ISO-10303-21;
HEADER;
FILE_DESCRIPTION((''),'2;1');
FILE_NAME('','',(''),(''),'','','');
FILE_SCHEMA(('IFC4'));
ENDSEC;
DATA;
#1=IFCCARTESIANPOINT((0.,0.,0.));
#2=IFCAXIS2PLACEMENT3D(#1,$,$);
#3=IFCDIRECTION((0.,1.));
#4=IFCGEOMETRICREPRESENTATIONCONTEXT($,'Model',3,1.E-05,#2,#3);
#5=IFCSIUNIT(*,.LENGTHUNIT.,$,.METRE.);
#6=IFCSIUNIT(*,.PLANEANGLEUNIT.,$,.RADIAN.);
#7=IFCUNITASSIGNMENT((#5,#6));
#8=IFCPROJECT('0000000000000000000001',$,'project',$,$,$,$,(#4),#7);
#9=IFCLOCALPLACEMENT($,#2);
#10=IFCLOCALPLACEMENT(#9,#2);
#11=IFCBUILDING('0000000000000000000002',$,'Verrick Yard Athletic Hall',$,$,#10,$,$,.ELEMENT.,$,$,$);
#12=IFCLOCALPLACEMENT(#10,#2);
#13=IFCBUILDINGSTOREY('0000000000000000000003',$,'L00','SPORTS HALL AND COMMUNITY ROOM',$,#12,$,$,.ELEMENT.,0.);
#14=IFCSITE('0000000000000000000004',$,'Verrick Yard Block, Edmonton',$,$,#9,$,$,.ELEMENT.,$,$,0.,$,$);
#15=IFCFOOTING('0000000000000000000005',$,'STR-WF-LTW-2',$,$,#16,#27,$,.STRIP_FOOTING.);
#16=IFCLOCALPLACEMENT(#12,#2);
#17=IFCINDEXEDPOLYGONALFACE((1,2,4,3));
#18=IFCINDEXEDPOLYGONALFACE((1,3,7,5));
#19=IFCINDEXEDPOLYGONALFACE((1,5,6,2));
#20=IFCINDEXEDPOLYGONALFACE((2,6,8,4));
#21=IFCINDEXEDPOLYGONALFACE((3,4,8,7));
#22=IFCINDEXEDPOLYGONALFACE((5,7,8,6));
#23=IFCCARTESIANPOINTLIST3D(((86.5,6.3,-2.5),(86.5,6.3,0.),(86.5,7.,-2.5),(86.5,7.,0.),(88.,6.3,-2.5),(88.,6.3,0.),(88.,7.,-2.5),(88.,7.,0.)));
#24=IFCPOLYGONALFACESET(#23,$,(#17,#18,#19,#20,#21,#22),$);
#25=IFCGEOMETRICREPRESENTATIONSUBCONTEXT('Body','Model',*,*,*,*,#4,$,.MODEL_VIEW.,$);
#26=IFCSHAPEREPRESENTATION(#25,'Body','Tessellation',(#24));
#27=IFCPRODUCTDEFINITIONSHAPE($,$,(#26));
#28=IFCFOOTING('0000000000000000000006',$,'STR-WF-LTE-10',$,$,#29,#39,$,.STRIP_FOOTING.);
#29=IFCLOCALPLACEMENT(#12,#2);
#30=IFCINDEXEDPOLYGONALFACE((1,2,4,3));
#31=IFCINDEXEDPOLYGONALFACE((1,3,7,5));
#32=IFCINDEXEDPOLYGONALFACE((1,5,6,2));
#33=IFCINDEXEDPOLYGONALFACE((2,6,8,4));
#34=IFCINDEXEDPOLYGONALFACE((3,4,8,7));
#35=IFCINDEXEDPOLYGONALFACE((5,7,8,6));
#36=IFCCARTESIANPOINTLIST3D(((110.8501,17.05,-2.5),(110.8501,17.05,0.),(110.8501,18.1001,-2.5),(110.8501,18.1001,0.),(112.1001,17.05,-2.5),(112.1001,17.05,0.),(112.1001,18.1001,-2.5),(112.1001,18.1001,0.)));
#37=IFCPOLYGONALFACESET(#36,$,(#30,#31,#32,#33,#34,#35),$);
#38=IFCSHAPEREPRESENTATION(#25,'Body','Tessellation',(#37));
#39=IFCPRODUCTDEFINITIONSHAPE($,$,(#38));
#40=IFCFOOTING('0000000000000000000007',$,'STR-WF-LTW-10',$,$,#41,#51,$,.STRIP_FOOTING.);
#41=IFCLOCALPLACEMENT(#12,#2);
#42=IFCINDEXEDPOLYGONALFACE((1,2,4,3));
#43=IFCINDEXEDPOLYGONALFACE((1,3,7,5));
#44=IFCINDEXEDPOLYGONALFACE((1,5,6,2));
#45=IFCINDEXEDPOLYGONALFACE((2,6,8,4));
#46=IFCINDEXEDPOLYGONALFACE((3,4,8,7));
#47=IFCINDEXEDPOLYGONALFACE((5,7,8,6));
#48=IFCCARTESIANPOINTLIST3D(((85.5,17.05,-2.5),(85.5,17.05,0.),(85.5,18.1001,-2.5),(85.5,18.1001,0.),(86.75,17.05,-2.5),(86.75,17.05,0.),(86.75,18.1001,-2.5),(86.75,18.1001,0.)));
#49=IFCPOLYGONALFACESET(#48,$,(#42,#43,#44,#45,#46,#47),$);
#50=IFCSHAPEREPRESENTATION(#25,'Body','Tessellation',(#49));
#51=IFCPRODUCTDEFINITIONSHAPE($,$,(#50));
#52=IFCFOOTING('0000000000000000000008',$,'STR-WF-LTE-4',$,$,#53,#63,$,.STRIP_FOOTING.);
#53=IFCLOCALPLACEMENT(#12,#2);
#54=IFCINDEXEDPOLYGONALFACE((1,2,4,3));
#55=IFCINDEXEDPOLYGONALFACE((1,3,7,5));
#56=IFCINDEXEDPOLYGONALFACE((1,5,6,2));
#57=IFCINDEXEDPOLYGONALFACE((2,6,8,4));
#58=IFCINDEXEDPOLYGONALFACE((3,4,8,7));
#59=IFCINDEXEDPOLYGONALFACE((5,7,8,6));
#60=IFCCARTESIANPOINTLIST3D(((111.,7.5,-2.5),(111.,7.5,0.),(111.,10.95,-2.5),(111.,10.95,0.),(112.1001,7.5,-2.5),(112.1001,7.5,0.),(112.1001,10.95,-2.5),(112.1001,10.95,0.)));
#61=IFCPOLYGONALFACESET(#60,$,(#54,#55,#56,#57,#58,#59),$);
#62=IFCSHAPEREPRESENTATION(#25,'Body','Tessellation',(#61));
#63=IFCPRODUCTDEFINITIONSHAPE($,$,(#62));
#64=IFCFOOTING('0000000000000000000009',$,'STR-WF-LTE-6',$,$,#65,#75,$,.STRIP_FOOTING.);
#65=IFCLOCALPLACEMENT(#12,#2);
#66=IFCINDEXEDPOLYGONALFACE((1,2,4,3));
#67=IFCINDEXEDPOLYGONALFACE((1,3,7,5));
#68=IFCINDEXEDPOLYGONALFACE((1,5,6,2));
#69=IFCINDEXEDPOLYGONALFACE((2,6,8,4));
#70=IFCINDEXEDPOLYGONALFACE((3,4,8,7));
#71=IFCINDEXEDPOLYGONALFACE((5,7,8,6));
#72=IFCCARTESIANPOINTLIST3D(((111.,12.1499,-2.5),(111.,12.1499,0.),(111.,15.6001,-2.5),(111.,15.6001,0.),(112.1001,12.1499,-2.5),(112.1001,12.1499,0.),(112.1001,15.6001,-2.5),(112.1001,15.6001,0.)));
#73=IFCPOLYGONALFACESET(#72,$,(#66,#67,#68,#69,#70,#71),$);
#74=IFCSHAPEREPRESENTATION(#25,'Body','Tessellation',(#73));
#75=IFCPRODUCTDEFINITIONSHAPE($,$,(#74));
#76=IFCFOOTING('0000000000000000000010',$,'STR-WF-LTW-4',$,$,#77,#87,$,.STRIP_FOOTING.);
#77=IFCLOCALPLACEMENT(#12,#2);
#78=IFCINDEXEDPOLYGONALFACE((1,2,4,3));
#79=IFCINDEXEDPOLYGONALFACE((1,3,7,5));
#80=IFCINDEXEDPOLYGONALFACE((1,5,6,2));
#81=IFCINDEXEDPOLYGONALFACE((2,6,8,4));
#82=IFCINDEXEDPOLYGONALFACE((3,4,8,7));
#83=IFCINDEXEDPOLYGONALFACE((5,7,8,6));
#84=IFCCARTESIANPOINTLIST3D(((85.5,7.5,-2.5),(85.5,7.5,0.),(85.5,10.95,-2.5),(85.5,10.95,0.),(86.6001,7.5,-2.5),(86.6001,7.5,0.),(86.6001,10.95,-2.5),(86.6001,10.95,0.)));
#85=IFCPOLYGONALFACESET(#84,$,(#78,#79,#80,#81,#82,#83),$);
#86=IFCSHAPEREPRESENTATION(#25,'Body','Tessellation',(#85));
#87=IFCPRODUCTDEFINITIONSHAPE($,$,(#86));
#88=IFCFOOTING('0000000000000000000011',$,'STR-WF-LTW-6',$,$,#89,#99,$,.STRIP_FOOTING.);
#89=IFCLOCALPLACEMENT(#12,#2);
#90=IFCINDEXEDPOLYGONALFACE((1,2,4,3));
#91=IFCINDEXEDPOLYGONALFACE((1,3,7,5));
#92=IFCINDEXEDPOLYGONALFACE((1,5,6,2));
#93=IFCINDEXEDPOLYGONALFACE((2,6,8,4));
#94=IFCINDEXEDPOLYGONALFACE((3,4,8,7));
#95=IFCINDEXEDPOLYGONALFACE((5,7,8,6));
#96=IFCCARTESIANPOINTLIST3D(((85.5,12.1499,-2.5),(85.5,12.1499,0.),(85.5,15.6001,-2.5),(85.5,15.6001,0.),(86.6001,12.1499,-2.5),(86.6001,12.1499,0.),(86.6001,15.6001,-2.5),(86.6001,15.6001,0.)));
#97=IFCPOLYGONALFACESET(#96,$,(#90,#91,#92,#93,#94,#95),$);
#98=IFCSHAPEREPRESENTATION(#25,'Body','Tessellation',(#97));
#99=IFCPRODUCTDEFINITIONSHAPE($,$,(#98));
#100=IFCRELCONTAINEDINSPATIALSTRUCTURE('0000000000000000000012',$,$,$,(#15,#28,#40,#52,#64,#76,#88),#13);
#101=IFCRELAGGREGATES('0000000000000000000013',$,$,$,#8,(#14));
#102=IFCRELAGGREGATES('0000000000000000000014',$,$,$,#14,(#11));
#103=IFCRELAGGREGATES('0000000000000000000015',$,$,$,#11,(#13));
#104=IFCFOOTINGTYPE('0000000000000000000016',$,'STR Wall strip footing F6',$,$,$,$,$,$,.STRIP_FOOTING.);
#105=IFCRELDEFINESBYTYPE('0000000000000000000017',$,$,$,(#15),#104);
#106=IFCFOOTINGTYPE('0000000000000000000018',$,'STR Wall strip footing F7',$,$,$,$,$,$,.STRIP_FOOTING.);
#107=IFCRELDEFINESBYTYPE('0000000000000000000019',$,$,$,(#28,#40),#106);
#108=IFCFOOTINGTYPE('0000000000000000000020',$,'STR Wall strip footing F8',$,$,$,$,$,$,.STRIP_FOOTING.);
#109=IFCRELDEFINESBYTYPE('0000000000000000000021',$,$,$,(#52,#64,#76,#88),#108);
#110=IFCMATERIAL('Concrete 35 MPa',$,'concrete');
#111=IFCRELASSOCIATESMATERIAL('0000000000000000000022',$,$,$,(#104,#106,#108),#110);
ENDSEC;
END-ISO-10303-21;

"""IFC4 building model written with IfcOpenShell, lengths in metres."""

from ifc_helpers import new_model, si_unit, direction, frame, origin, origin_2d, place, context, subcontext, project, spatial, polyline, rectangle, outline, extrude, material, material_profile, profile_set, type_object, element, save


model = new_model("IFC4")

# Units and contexts
model_context = context("Model", 3, precision=1e-05, world=origin(), true_north=direction((0.0, 1.0)))
body_context = subcontext(model_context, "Body", "Model", "MODEL_VIEW")
ifc_project = project(units=[si_unit("LENGTHUNIT", "METRE"), si_unit("PLANEANGLEUNIT", "RADIAN")], contexts=[model_context])

# Site, building, storey
site_placement = place(None, origin())
site = spatial("IfcSite", under=ifc_project, at=site_placement, Name="Verrick Yard Block, Edmonton", CompositionType="ELEMENT", RefElevation=0.0)
building_placement = place(site_placement, origin())
building = spatial("IfcBuilding", under=site, at=building_placement, Name="Verrick Yard Athletic Hall", CompositionType="ELEMENT")
storey_placement = place(building_placement, origin())
storey = spatial("IfcBuildingStorey", under=building, at=storey_placement, Name="L00", Description="SPORTS HALL AND COMMUNITY ROOM", CompositionType="ELEMENT", Elevation=0.0)

# Footings
ifc_material = material(Name="Concrete 35 MPa", Category="concrete")
ifc_material_profile_1 = material_profile(ifc_material, rectangle(XDim=0.7, YDim=2.5, at=origin_2d()), Name="STR Wall strip footing F6")
ifc_profile_set_1 = profile_set([ifc_material_profile_1], Name="Concrete 35 MPa")
footing_type_1 = type_object("IfcFootingType", Name="STR Wall strip footing F6", PredefinedType="STRIP_FOOTING", material=ifc_profile_set_1)
footing_1_placement = place(storey_placement, frame((0.0, 0.0, -2.5)))
element("IfcFooting", 1, at=footing_1_placement, inside=storey, type_object=footing_type_1, Name="STR-WF-LTW-2", PredefinedType="STRIP_FOOTING", context=body_context, shape_type="SweptSolid", body=[
    extrude(outline(polyline([(86.5, 6.3), (88.0, 6.3), (88.0, 7.0), (86.5, 7.0), (86.5, 6.3)])), origin(), (0.0, 0.0, 1.0), 2.5),
])
ifc_material_profile_2 = material_profile(ifc_material, rectangle(XDim=1.05, YDim=2.5, at=origin_2d()), Name="STR Wall strip footing F7")
ifc_profile_set_2 = profile_set([ifc_material_profile_2], Name="Concrete 35 MPa")
footing_type_2 = type_object("IfcFootingType", Name="STR Wall strip footing F7", PredefinedType="STRIP_FOOTING", material=ifc_profile_set_2)
footing_2_placement = place(storey_placement, frame((0.0, 0.0, -2.5)))
element("IfcFooting", 2, at=footing_2_placement, inside=storey, type_object=footing_type_2, Name="STR-WF-LTE-10", PredefinedType="STRIP_FOOTING", context=body_context, shape_type="SweptSolid", body=[
    extrude(outline(polyline([(110.8501, 17.05), (112.1001, 17.05), (112.1001, 18.1001), (110.8501, 18.1001), (110.8501, 17.05)])), origin(), (0.0, 0.0, 1.0), 2.5),
])
footing_3_placement = place(storey_placement, frame((0.0, 0.0, -2.5)))
element("IfcFooting", 3, at=footing_3_placement, inside=storey, type_object=footing_type_2, Name="STR-WF-LTW-10", PredefinedType="STRIP_FOOTING", context=body_context, shape_type="SweptSolid", body=[
    extrude(outline(polyline([(85.5, 17.05), (86.75, 17.05), (86.75, 18.1001), (85.5, 18.1001), (85.5, 17.05)])), origin(), (0.0, 0.0, 1.0), 2.5),
])
ifc_material_profile_3 = material_profile(ifc_material, rectangle(XDim=1.1001, YDim=2.5, at=origin_2d()), Name="STR Wall strip footing F8")
ifc_profile_set_3 = profile_set([ifc_material_profile_3], Name="Concrete 35 MPa")
footing_type_3 = type_object("IfcFootingType", Name="STR Wall strip footing F8", PredefinedType="STRIP_FOOTING", material=ifc_profile_set_3)
footing_4_placement = place(storey_placement, frame((0.0, 0.0, -2.5)))
element("IfcFooting", 4, at=footing_4_placement, inside=storey, type_object=footing_type_3, Name="STR-WF-LTE-4", PredefinedType="STRIP_FOOTING", context=body_context, shape_type="SweptSolid", body=[
    extrude(outline(polyline([(111.0, 7.5), (112.1001, 7.5), (112.1001, 10.95), (111.0, 10.95), (111.0, 7.5)])), origin(), (0.0, 0.0, 1.0), 2.5),
])
footing_5_placement = place(storey_placement, frame((0.0, 0.0, -2.5)))
element("IfcFooting", 5, at=footing_5_placement, inside=storey, type_object=footing_type_3, Name="STR-WF-LTE-6", PredefinedType="STRIP_FOOTING", context=body_context, shape_type="SweptSolid", body=[
    extrude(outline(polyline([(111.0, 12.1499), (112.1001, 12.1499), (112.1001, 15.6001), (111.0, 15.6001), (111.0, 12.1499)])), origin(), (0.0, 0.0, 1.0), 2.5),
])
footing_6_placement = place(storey_placement, frame((0.0, 0.0, -2.5)))
element("IfcFooting", 6, at=footing_6_placement, inside=storey, type_object=footing_type_3, Name="STR-WF-LTW-4", PredefinedType="STRIP_FOOTING", context=body_context, shape_type="SweptSolid", body=[
    extrude(outline(polyline([(85.5, 7.5), (86.6001, 7.5), (86.6001, 10.95), (85.5, 10.95), (85.5, 7.5)])), origin(), (0.0, 0.0, 1.0), 2.5),
])
footing_7_placement = place(storey_placement, frame((0.0, 0.0, -2.5)))
element("IfcFooting", 7, at=footing_7_placement, inside=storey, type_object=footing_type_3, Name="STR-WF-LTW-6", PredefinedType="STRIP_FOOTING", context=body_context, shape_type="SweptSolid", body=[
    extrude(outline(polyline([(85.5, 12.1499), (86.6001, 12.1499), (86.6001, 15.6001), (85.5, 15.6001), (85.5, 12.1499)])), origin(), (0.0, 0.0, 1.0), 2.5),
])

save(model, "model.ifc")
